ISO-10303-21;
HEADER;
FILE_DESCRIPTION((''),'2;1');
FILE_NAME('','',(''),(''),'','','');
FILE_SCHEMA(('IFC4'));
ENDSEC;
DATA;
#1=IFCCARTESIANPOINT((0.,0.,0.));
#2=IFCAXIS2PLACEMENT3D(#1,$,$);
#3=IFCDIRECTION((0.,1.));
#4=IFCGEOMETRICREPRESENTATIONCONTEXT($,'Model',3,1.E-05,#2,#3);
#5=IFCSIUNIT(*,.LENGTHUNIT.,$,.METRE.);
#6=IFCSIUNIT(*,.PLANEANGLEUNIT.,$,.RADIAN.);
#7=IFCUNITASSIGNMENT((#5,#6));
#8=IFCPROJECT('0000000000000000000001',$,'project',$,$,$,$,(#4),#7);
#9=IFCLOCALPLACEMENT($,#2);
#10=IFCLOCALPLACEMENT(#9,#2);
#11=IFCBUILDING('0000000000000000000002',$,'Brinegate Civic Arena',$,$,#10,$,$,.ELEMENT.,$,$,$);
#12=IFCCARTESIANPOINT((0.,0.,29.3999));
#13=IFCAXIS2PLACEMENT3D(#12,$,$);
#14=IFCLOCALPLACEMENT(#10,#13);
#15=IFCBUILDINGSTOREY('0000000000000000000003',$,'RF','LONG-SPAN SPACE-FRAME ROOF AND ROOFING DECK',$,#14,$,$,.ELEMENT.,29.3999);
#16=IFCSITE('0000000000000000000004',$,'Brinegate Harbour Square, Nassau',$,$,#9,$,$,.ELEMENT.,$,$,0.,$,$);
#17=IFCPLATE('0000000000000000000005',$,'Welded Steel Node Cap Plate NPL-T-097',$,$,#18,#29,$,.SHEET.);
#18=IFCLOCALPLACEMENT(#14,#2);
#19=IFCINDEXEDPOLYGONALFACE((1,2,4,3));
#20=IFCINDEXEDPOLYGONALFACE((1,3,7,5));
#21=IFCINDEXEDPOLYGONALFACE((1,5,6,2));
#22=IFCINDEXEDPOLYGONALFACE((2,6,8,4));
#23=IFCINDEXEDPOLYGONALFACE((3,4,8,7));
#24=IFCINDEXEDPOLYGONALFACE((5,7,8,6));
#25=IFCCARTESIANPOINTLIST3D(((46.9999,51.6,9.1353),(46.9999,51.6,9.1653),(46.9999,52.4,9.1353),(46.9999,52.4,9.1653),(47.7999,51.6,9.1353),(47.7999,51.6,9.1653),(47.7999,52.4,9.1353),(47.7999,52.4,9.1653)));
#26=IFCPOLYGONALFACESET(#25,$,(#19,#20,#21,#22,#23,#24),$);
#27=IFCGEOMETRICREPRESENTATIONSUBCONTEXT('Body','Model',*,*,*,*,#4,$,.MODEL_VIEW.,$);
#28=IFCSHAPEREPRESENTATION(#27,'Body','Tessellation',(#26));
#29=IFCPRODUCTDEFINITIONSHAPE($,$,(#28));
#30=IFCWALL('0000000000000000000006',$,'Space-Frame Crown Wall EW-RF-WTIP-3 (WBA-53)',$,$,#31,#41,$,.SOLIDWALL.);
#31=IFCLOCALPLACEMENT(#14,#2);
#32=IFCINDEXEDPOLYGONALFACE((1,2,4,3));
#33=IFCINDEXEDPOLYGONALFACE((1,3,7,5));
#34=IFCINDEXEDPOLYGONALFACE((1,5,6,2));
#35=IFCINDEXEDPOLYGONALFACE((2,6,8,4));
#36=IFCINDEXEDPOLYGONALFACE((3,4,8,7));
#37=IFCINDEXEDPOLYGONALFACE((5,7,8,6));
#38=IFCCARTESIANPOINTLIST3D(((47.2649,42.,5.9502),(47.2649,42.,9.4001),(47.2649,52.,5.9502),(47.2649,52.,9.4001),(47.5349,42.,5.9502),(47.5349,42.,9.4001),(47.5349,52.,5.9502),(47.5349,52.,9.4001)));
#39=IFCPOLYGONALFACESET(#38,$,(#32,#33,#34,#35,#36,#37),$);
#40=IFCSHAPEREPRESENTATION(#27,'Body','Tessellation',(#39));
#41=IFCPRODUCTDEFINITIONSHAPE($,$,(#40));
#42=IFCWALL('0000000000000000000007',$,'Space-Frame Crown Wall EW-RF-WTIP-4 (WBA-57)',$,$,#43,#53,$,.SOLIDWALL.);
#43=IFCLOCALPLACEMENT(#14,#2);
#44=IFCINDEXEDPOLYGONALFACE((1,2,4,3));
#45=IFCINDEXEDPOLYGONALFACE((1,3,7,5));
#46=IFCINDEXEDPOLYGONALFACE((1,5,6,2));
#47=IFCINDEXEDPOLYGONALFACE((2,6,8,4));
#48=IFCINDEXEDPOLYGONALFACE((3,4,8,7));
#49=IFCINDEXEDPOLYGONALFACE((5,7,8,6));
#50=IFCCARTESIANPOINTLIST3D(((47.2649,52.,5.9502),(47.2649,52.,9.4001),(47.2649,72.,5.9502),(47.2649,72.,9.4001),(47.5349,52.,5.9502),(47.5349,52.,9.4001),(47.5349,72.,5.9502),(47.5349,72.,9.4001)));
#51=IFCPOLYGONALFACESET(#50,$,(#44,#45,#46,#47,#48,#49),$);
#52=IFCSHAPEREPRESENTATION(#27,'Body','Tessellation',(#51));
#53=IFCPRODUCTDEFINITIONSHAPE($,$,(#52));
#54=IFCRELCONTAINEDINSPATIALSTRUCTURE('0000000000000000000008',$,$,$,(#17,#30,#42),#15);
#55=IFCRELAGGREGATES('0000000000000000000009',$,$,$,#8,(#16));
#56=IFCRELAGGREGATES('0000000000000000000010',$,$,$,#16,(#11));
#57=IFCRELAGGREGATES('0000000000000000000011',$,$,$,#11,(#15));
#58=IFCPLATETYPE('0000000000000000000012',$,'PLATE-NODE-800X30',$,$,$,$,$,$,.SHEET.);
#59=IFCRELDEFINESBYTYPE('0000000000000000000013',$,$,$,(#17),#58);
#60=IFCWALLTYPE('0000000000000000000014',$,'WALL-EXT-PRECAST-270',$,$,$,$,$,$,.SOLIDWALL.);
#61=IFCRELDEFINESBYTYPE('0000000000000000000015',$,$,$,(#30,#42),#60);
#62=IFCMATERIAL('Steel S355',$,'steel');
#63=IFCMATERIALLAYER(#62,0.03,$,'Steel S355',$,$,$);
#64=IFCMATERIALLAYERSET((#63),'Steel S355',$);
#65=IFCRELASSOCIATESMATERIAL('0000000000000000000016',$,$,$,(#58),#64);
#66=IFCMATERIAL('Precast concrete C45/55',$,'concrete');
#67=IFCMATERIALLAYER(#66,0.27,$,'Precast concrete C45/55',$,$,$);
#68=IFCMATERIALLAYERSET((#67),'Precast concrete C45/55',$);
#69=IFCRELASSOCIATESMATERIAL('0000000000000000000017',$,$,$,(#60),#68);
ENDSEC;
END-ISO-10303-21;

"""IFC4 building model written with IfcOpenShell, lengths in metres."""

from ifc_helpers import new_model, si_unit, direction, frame, frame_2d, origin, origin_2d, place, context, subcontext, project, spatial, rectangle, extrude, material, layer, layer_set, type_object, element, save


model = new_model("IFC4")

# Units and contexts
model_context = context("Model", 3, precision=1e-05, world=origin(), true_north=direction((0.0, 1.0)))
body_context = subcontext(model_context, "Body", "Model", "MODEL_VIEW")
ifc_project = project(units=[si_unit("LENGTHUNIT", "METRE"), si_unit("PLANEANGLEUNIT", "RADIAN")], contexts=[model_context])

# Site, building, storey
site_placement = place(None, origin())
site = spatial("IfcSite", under=ifc_project, at=site_placement, Name="Brinegate Harbour Square, Nassau", CompositionType="ELEMENT", RefElevation=0.0)
building_placement = place(site_placement, origin())
building = spatial("IfcBuilding", under=site, at=building_placement, Name="Brinegate Civic Arena", CompositionType="ELEMENT")
storey_placement = place(building_placement, frame((0.0, 0.0, 29.3999)))
storey = spatial("IfcBuildingStorey", under=building, at=storey_placement, Name="RF", Description="LONG-SPAN SPACE-FRAME ROOF AND ROOFING DECK", CompositionType="ELEMENT", Elevation=29.3999)

# Shared definitions
ifc_material_1 = material(Name="Steel S355", Category="steel")

# Plate
ifc_layer_1 = layer(ifc_material_1, 0.03, Name="Steel S355")
ifc_layer_set_1 = layer_set([ifc_layer_1], Name="Steel S355")
plate_type_1 = type_object("IfcPlateType", Name="PLATE-NODE-800X30", PredefinedType="SHEET", material=ifc_layer_set_1)
plate_1_placement = place(storey_placement, frame((47.3999, 52.0, 9.1353), z_axis=(0.0, 0.0, 1.0), x_axis=(1.0, 0.0, 0.0)))
element("IfcPlate", 1, at=plate_1_placement, inside=storey, type_object=plate_type_1, Name="Welded Steel Node Cap Plate NPL-T-097", PredefinedType="SHEET", context=body_context, shape_type="SweptSolid", body=[
    extrude(rectangle(XDim=0.8, YDim=0.8, at=origin_2d()), origin(), (0.0, 0.0, 1.0), 0.03),
])

# Walls
ifc_material_2 = material(Name="Precast concrete C45/55", Category="concrete")
ifc_layer_2 = layer(ifc_material_2, 0.27, Name="Precast concrete C45/55")
ifc_layer_set_2 = layer_set([ifc_layer_2], Name="Precast concrete C45/55")
wall_type = type_object("IfcWallType", Name="WALL-EXT-PRECAST-270", PredefinedType="SOLIDWALL", material=ifc_layer_set_2)
wall_1_placement = place(storey_placement, frame((47.3999, 42.0, 5.9502), z_axis=(0.0, 0.0, 1.0), x_axis=(0.0, 1.0, 0.0)))
element("IfcWall", 2, at=wall_1_placement, inside=storey, type_object=wall_type, Name="Space-Frame Crown Wall EW-RF-WTIP-3 (WBA-53)", PredefinedType="SOLIDWALL", context=body_context, shape_type="SweptSolid", body=[
    extrude(rectangle(XDim=10.0, YDim=0.27, at=frame_2d((5.0, 0.0))), origin(), (0.0, 0.0, 1.0), 3.45),
])
wall_2_placement = place(storey_placement, frame((47.3999, 52.0, 5.9502), z_axis=(0.0, 0.0, 1.0), x_axis=(0.0, 1.0, 0.0)))
element("IfcWall", 3, at=wall_2_placement, inside=storey, type_object=wall_type, Name="Space-Frame Crown Wall EW-RF-WTIP-4 (WBA-57)", PredefinedType="SOLIDWALL", context=body_context, shape_type="SweptSolid", body=[
    extrude(rectangle(XDim=20.0, YDim=0.27, at=frame_2d((10.0, 0.0))), origin(), (0.0, 0.0, 1.0), 3.45),
])

save(model, "model.ifc")
